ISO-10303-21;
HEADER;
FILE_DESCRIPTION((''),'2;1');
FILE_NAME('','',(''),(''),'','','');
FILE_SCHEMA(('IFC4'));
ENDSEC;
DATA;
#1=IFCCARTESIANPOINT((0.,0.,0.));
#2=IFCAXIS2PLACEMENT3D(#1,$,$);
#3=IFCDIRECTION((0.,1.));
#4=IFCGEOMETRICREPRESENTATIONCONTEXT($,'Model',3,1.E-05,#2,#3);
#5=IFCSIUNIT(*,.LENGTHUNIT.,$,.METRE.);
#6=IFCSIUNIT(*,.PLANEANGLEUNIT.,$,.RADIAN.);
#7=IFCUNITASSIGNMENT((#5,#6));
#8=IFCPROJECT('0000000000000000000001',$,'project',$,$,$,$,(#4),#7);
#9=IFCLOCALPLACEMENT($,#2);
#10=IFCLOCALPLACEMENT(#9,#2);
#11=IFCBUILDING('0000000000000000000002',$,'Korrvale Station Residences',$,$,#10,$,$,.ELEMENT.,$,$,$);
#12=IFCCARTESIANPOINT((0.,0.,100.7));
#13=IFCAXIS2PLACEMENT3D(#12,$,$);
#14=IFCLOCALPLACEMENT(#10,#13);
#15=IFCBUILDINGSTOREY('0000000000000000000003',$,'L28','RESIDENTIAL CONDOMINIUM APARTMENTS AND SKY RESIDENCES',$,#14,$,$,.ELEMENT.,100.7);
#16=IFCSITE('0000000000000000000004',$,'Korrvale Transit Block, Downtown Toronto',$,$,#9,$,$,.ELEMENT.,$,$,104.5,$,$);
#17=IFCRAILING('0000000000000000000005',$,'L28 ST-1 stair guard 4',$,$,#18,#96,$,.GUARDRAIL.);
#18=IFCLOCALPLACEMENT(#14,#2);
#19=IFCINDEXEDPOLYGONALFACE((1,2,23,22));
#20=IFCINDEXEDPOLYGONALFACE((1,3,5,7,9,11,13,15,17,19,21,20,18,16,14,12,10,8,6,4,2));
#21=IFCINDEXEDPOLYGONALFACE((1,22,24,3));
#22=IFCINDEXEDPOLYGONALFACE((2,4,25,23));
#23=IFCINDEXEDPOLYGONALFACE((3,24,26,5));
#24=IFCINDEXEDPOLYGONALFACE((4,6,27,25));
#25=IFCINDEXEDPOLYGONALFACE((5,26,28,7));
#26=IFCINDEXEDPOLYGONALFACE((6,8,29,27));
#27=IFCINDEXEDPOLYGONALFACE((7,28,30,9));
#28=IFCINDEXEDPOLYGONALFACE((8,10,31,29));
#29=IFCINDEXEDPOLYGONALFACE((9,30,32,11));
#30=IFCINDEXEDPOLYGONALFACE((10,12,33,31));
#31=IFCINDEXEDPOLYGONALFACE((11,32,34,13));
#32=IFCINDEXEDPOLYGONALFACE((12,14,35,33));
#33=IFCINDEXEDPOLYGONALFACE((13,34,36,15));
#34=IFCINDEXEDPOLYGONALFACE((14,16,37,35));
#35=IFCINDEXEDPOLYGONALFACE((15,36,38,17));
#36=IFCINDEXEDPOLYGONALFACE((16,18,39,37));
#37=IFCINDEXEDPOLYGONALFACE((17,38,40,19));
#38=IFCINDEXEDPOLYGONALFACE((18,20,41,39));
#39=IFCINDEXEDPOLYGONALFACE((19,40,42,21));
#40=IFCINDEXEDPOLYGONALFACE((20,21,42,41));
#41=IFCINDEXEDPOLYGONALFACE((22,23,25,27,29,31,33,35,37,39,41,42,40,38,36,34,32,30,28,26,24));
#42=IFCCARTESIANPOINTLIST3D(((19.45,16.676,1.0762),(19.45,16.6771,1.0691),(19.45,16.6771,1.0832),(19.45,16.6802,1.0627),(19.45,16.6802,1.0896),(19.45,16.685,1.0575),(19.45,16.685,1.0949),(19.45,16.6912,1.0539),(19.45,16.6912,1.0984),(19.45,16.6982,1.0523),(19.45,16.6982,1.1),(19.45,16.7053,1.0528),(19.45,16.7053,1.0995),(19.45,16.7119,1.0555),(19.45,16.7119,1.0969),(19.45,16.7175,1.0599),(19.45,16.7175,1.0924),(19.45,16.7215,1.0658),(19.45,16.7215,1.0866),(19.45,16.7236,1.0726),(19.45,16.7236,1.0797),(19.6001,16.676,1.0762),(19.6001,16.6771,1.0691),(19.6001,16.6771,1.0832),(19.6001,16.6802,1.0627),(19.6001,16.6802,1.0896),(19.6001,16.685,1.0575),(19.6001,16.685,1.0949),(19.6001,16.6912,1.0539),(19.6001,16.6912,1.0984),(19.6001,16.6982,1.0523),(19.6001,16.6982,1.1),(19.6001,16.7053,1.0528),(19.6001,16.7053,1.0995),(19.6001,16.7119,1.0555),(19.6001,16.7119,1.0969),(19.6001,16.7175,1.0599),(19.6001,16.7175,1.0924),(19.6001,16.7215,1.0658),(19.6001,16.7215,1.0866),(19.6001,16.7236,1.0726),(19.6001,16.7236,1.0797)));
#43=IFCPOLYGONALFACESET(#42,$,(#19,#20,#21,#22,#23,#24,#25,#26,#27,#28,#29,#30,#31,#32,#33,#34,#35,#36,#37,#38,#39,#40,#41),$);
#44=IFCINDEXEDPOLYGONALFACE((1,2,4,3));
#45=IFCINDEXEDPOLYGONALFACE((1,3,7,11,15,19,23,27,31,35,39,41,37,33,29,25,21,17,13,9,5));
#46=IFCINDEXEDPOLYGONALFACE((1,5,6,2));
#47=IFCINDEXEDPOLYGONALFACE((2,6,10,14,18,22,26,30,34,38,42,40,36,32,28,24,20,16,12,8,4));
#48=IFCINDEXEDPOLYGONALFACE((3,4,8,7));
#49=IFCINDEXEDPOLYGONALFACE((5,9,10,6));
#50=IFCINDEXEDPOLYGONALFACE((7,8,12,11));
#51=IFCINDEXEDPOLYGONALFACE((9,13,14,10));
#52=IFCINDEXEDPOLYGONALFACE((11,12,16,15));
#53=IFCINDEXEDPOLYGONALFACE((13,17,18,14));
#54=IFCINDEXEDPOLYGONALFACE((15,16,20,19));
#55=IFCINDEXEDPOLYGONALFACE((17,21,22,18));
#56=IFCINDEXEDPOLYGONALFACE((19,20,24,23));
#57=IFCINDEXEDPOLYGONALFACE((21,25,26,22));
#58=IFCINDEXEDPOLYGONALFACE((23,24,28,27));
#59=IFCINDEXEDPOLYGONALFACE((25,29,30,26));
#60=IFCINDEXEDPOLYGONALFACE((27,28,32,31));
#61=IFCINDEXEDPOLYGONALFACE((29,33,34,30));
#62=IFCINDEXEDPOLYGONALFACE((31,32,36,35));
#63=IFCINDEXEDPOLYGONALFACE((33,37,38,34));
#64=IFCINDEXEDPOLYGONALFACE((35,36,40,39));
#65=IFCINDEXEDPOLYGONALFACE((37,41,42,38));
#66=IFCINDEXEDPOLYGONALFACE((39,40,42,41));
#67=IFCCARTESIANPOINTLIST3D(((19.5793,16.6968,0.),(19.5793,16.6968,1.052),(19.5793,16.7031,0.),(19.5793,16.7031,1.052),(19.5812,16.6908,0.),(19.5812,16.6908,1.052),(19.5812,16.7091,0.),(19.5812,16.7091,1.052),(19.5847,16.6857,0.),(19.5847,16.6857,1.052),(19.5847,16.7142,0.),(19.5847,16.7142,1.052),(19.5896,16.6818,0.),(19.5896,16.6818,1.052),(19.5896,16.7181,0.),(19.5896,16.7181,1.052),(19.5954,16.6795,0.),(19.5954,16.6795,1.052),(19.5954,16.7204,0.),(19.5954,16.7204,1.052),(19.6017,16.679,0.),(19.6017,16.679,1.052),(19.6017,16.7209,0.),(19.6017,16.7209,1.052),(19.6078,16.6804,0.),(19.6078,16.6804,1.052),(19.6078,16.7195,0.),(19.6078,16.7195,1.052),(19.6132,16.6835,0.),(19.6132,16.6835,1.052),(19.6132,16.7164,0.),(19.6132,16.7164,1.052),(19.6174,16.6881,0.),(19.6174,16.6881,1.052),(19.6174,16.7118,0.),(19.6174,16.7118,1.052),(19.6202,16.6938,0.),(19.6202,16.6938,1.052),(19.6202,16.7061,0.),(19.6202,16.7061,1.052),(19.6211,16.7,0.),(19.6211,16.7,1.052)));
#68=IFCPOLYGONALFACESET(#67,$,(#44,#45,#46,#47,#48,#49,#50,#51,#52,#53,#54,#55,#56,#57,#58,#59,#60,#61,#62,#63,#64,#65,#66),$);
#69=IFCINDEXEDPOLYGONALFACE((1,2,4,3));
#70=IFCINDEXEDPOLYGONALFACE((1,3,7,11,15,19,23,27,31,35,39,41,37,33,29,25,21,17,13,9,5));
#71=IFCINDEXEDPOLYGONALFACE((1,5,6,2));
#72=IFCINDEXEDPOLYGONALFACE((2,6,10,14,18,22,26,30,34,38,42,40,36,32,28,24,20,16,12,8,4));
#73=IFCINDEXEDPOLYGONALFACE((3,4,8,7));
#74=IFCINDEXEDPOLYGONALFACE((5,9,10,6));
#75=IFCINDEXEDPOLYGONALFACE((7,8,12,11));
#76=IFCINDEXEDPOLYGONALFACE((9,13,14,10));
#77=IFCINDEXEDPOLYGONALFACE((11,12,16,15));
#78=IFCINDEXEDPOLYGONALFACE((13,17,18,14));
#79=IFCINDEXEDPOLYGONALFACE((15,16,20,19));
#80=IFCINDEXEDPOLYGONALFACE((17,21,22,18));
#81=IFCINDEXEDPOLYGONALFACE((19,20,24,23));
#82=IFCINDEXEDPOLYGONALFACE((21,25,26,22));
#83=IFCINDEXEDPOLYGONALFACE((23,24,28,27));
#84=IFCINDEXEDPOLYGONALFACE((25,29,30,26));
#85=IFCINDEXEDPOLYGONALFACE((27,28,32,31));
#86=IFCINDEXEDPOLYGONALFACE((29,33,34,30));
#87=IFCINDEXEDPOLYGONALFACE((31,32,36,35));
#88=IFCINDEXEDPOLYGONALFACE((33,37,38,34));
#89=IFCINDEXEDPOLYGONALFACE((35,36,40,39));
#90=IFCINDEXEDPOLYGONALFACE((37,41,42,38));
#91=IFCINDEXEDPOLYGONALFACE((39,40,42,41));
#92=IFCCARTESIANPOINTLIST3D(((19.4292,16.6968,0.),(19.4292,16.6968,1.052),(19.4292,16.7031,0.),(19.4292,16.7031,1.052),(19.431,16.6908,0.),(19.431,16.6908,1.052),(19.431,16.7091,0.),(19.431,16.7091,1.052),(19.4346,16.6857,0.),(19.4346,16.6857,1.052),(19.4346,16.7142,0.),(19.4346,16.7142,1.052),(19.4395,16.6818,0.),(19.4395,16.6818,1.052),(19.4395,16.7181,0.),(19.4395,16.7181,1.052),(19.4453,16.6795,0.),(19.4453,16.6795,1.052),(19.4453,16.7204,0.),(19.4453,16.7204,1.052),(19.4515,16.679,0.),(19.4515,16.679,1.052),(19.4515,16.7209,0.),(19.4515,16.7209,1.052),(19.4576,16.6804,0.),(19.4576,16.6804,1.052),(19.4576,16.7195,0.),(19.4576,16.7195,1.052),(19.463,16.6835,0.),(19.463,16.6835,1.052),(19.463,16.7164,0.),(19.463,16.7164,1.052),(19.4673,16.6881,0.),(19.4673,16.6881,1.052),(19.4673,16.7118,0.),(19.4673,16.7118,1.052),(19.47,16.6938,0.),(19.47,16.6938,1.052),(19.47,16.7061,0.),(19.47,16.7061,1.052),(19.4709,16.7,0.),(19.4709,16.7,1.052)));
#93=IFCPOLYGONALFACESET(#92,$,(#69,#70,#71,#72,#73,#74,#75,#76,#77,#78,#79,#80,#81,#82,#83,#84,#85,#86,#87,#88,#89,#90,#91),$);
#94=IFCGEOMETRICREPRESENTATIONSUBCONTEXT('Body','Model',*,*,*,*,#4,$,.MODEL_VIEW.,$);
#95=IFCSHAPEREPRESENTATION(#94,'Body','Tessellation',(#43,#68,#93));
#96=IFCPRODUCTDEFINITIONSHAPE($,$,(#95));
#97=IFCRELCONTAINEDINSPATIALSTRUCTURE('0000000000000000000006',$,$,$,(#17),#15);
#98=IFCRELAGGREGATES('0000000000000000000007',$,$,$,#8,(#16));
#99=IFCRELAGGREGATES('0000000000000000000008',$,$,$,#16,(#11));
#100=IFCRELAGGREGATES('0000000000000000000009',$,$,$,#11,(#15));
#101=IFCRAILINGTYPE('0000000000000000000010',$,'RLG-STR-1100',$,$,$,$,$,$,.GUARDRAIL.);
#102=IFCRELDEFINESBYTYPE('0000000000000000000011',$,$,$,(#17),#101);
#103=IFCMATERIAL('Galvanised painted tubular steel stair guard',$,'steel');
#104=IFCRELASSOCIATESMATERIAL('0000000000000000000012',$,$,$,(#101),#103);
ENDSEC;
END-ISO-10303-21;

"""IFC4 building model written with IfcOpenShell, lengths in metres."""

from ifc_helpers import new_model, si_unit, direction, frame, origin, origin_2d, place, context, subcontext, project, spatial, circle, extrude, material, type_object, element, save


model = new_model("IFC4")

# Units and contexts
model_context = context("Model", 3, precision=1e-05, world=origin(), true_north=direction((0.0, 1.0)))
body_context = subcontext(model_context, "Body", "Model", "MODEL_VIEW")
ifc_project = project(units=[si_unit("LENGTHUNIT", "METRE"), si_unit("PLANEANGLEUNIT", "RADIAN")], contexts=[model_context])

# Site, building, storey
site_placement = place(None, origin())
site = spatial("IfcSite", under=ifc_project, at=site_placement, Name="Korrvale Transit Block, Downtown Toronto", CompositionType="ELEMENT", RefElevation=104.5)
building_placement = place(site_placement, origin())
building = spatial("IfcBuilding", under=site, at=building_placement, Name="Korrvale Station Residences", CompositionType="ELEMENT")
storey_placement = place(building_placement, frame((0.0, 0.0, 100.7)))
storey = spatial("IfcBuildingStorey", under=building, at=storey_placement, Name="L28", Description="RESIDENTIAL CONDOMINIUM APARTMENTS AND SKY RESIDENCES", CompositionType="ELEMENT", Elevation=100.7)

# Railing
ifc_material_1 = material(Name="Galvanised painted tubular steel stair guard", Category="steel")
railing_type_1 = type_object("IfcRailingType", Name="RLG-STR-1100", PredefinedType="GUARDRAIL", material=ifc_material_1)
railing_1_placement = place(storey_placement, frame((19.6001, 16.7, 0.0)))
element("IfcRailing", 1, at=railing_1_placement, inside=storey, type_object=railing_type_1, Name="L28 ST-1 stair guard 4", PredefinedType="GUARDRAIL", context=body_context, shape_type="SweptSolid", body=[
    extrude(circle(Radius=0.0239, at=origin_2d()), frame((0.0, 0.0, 1.0762), z_axis=(-1.0, 0.0, 0.0), x_axis=(0.0, -1.0, 0.0)), (0.0, 0.0, 1.0), 0.1501),
    extrude(circle(Radius=0.021, at=origin_2d()), origin(), (0.0, 0.0, 1.0), 1.052),
    extrude(circle(Radius=0.021, at=origin_2d()), frame((-0.1501, 0.0, 0.0)), (0.0, 0.0, 1.0), 1.052),
])

save(model, "model.ifc")
